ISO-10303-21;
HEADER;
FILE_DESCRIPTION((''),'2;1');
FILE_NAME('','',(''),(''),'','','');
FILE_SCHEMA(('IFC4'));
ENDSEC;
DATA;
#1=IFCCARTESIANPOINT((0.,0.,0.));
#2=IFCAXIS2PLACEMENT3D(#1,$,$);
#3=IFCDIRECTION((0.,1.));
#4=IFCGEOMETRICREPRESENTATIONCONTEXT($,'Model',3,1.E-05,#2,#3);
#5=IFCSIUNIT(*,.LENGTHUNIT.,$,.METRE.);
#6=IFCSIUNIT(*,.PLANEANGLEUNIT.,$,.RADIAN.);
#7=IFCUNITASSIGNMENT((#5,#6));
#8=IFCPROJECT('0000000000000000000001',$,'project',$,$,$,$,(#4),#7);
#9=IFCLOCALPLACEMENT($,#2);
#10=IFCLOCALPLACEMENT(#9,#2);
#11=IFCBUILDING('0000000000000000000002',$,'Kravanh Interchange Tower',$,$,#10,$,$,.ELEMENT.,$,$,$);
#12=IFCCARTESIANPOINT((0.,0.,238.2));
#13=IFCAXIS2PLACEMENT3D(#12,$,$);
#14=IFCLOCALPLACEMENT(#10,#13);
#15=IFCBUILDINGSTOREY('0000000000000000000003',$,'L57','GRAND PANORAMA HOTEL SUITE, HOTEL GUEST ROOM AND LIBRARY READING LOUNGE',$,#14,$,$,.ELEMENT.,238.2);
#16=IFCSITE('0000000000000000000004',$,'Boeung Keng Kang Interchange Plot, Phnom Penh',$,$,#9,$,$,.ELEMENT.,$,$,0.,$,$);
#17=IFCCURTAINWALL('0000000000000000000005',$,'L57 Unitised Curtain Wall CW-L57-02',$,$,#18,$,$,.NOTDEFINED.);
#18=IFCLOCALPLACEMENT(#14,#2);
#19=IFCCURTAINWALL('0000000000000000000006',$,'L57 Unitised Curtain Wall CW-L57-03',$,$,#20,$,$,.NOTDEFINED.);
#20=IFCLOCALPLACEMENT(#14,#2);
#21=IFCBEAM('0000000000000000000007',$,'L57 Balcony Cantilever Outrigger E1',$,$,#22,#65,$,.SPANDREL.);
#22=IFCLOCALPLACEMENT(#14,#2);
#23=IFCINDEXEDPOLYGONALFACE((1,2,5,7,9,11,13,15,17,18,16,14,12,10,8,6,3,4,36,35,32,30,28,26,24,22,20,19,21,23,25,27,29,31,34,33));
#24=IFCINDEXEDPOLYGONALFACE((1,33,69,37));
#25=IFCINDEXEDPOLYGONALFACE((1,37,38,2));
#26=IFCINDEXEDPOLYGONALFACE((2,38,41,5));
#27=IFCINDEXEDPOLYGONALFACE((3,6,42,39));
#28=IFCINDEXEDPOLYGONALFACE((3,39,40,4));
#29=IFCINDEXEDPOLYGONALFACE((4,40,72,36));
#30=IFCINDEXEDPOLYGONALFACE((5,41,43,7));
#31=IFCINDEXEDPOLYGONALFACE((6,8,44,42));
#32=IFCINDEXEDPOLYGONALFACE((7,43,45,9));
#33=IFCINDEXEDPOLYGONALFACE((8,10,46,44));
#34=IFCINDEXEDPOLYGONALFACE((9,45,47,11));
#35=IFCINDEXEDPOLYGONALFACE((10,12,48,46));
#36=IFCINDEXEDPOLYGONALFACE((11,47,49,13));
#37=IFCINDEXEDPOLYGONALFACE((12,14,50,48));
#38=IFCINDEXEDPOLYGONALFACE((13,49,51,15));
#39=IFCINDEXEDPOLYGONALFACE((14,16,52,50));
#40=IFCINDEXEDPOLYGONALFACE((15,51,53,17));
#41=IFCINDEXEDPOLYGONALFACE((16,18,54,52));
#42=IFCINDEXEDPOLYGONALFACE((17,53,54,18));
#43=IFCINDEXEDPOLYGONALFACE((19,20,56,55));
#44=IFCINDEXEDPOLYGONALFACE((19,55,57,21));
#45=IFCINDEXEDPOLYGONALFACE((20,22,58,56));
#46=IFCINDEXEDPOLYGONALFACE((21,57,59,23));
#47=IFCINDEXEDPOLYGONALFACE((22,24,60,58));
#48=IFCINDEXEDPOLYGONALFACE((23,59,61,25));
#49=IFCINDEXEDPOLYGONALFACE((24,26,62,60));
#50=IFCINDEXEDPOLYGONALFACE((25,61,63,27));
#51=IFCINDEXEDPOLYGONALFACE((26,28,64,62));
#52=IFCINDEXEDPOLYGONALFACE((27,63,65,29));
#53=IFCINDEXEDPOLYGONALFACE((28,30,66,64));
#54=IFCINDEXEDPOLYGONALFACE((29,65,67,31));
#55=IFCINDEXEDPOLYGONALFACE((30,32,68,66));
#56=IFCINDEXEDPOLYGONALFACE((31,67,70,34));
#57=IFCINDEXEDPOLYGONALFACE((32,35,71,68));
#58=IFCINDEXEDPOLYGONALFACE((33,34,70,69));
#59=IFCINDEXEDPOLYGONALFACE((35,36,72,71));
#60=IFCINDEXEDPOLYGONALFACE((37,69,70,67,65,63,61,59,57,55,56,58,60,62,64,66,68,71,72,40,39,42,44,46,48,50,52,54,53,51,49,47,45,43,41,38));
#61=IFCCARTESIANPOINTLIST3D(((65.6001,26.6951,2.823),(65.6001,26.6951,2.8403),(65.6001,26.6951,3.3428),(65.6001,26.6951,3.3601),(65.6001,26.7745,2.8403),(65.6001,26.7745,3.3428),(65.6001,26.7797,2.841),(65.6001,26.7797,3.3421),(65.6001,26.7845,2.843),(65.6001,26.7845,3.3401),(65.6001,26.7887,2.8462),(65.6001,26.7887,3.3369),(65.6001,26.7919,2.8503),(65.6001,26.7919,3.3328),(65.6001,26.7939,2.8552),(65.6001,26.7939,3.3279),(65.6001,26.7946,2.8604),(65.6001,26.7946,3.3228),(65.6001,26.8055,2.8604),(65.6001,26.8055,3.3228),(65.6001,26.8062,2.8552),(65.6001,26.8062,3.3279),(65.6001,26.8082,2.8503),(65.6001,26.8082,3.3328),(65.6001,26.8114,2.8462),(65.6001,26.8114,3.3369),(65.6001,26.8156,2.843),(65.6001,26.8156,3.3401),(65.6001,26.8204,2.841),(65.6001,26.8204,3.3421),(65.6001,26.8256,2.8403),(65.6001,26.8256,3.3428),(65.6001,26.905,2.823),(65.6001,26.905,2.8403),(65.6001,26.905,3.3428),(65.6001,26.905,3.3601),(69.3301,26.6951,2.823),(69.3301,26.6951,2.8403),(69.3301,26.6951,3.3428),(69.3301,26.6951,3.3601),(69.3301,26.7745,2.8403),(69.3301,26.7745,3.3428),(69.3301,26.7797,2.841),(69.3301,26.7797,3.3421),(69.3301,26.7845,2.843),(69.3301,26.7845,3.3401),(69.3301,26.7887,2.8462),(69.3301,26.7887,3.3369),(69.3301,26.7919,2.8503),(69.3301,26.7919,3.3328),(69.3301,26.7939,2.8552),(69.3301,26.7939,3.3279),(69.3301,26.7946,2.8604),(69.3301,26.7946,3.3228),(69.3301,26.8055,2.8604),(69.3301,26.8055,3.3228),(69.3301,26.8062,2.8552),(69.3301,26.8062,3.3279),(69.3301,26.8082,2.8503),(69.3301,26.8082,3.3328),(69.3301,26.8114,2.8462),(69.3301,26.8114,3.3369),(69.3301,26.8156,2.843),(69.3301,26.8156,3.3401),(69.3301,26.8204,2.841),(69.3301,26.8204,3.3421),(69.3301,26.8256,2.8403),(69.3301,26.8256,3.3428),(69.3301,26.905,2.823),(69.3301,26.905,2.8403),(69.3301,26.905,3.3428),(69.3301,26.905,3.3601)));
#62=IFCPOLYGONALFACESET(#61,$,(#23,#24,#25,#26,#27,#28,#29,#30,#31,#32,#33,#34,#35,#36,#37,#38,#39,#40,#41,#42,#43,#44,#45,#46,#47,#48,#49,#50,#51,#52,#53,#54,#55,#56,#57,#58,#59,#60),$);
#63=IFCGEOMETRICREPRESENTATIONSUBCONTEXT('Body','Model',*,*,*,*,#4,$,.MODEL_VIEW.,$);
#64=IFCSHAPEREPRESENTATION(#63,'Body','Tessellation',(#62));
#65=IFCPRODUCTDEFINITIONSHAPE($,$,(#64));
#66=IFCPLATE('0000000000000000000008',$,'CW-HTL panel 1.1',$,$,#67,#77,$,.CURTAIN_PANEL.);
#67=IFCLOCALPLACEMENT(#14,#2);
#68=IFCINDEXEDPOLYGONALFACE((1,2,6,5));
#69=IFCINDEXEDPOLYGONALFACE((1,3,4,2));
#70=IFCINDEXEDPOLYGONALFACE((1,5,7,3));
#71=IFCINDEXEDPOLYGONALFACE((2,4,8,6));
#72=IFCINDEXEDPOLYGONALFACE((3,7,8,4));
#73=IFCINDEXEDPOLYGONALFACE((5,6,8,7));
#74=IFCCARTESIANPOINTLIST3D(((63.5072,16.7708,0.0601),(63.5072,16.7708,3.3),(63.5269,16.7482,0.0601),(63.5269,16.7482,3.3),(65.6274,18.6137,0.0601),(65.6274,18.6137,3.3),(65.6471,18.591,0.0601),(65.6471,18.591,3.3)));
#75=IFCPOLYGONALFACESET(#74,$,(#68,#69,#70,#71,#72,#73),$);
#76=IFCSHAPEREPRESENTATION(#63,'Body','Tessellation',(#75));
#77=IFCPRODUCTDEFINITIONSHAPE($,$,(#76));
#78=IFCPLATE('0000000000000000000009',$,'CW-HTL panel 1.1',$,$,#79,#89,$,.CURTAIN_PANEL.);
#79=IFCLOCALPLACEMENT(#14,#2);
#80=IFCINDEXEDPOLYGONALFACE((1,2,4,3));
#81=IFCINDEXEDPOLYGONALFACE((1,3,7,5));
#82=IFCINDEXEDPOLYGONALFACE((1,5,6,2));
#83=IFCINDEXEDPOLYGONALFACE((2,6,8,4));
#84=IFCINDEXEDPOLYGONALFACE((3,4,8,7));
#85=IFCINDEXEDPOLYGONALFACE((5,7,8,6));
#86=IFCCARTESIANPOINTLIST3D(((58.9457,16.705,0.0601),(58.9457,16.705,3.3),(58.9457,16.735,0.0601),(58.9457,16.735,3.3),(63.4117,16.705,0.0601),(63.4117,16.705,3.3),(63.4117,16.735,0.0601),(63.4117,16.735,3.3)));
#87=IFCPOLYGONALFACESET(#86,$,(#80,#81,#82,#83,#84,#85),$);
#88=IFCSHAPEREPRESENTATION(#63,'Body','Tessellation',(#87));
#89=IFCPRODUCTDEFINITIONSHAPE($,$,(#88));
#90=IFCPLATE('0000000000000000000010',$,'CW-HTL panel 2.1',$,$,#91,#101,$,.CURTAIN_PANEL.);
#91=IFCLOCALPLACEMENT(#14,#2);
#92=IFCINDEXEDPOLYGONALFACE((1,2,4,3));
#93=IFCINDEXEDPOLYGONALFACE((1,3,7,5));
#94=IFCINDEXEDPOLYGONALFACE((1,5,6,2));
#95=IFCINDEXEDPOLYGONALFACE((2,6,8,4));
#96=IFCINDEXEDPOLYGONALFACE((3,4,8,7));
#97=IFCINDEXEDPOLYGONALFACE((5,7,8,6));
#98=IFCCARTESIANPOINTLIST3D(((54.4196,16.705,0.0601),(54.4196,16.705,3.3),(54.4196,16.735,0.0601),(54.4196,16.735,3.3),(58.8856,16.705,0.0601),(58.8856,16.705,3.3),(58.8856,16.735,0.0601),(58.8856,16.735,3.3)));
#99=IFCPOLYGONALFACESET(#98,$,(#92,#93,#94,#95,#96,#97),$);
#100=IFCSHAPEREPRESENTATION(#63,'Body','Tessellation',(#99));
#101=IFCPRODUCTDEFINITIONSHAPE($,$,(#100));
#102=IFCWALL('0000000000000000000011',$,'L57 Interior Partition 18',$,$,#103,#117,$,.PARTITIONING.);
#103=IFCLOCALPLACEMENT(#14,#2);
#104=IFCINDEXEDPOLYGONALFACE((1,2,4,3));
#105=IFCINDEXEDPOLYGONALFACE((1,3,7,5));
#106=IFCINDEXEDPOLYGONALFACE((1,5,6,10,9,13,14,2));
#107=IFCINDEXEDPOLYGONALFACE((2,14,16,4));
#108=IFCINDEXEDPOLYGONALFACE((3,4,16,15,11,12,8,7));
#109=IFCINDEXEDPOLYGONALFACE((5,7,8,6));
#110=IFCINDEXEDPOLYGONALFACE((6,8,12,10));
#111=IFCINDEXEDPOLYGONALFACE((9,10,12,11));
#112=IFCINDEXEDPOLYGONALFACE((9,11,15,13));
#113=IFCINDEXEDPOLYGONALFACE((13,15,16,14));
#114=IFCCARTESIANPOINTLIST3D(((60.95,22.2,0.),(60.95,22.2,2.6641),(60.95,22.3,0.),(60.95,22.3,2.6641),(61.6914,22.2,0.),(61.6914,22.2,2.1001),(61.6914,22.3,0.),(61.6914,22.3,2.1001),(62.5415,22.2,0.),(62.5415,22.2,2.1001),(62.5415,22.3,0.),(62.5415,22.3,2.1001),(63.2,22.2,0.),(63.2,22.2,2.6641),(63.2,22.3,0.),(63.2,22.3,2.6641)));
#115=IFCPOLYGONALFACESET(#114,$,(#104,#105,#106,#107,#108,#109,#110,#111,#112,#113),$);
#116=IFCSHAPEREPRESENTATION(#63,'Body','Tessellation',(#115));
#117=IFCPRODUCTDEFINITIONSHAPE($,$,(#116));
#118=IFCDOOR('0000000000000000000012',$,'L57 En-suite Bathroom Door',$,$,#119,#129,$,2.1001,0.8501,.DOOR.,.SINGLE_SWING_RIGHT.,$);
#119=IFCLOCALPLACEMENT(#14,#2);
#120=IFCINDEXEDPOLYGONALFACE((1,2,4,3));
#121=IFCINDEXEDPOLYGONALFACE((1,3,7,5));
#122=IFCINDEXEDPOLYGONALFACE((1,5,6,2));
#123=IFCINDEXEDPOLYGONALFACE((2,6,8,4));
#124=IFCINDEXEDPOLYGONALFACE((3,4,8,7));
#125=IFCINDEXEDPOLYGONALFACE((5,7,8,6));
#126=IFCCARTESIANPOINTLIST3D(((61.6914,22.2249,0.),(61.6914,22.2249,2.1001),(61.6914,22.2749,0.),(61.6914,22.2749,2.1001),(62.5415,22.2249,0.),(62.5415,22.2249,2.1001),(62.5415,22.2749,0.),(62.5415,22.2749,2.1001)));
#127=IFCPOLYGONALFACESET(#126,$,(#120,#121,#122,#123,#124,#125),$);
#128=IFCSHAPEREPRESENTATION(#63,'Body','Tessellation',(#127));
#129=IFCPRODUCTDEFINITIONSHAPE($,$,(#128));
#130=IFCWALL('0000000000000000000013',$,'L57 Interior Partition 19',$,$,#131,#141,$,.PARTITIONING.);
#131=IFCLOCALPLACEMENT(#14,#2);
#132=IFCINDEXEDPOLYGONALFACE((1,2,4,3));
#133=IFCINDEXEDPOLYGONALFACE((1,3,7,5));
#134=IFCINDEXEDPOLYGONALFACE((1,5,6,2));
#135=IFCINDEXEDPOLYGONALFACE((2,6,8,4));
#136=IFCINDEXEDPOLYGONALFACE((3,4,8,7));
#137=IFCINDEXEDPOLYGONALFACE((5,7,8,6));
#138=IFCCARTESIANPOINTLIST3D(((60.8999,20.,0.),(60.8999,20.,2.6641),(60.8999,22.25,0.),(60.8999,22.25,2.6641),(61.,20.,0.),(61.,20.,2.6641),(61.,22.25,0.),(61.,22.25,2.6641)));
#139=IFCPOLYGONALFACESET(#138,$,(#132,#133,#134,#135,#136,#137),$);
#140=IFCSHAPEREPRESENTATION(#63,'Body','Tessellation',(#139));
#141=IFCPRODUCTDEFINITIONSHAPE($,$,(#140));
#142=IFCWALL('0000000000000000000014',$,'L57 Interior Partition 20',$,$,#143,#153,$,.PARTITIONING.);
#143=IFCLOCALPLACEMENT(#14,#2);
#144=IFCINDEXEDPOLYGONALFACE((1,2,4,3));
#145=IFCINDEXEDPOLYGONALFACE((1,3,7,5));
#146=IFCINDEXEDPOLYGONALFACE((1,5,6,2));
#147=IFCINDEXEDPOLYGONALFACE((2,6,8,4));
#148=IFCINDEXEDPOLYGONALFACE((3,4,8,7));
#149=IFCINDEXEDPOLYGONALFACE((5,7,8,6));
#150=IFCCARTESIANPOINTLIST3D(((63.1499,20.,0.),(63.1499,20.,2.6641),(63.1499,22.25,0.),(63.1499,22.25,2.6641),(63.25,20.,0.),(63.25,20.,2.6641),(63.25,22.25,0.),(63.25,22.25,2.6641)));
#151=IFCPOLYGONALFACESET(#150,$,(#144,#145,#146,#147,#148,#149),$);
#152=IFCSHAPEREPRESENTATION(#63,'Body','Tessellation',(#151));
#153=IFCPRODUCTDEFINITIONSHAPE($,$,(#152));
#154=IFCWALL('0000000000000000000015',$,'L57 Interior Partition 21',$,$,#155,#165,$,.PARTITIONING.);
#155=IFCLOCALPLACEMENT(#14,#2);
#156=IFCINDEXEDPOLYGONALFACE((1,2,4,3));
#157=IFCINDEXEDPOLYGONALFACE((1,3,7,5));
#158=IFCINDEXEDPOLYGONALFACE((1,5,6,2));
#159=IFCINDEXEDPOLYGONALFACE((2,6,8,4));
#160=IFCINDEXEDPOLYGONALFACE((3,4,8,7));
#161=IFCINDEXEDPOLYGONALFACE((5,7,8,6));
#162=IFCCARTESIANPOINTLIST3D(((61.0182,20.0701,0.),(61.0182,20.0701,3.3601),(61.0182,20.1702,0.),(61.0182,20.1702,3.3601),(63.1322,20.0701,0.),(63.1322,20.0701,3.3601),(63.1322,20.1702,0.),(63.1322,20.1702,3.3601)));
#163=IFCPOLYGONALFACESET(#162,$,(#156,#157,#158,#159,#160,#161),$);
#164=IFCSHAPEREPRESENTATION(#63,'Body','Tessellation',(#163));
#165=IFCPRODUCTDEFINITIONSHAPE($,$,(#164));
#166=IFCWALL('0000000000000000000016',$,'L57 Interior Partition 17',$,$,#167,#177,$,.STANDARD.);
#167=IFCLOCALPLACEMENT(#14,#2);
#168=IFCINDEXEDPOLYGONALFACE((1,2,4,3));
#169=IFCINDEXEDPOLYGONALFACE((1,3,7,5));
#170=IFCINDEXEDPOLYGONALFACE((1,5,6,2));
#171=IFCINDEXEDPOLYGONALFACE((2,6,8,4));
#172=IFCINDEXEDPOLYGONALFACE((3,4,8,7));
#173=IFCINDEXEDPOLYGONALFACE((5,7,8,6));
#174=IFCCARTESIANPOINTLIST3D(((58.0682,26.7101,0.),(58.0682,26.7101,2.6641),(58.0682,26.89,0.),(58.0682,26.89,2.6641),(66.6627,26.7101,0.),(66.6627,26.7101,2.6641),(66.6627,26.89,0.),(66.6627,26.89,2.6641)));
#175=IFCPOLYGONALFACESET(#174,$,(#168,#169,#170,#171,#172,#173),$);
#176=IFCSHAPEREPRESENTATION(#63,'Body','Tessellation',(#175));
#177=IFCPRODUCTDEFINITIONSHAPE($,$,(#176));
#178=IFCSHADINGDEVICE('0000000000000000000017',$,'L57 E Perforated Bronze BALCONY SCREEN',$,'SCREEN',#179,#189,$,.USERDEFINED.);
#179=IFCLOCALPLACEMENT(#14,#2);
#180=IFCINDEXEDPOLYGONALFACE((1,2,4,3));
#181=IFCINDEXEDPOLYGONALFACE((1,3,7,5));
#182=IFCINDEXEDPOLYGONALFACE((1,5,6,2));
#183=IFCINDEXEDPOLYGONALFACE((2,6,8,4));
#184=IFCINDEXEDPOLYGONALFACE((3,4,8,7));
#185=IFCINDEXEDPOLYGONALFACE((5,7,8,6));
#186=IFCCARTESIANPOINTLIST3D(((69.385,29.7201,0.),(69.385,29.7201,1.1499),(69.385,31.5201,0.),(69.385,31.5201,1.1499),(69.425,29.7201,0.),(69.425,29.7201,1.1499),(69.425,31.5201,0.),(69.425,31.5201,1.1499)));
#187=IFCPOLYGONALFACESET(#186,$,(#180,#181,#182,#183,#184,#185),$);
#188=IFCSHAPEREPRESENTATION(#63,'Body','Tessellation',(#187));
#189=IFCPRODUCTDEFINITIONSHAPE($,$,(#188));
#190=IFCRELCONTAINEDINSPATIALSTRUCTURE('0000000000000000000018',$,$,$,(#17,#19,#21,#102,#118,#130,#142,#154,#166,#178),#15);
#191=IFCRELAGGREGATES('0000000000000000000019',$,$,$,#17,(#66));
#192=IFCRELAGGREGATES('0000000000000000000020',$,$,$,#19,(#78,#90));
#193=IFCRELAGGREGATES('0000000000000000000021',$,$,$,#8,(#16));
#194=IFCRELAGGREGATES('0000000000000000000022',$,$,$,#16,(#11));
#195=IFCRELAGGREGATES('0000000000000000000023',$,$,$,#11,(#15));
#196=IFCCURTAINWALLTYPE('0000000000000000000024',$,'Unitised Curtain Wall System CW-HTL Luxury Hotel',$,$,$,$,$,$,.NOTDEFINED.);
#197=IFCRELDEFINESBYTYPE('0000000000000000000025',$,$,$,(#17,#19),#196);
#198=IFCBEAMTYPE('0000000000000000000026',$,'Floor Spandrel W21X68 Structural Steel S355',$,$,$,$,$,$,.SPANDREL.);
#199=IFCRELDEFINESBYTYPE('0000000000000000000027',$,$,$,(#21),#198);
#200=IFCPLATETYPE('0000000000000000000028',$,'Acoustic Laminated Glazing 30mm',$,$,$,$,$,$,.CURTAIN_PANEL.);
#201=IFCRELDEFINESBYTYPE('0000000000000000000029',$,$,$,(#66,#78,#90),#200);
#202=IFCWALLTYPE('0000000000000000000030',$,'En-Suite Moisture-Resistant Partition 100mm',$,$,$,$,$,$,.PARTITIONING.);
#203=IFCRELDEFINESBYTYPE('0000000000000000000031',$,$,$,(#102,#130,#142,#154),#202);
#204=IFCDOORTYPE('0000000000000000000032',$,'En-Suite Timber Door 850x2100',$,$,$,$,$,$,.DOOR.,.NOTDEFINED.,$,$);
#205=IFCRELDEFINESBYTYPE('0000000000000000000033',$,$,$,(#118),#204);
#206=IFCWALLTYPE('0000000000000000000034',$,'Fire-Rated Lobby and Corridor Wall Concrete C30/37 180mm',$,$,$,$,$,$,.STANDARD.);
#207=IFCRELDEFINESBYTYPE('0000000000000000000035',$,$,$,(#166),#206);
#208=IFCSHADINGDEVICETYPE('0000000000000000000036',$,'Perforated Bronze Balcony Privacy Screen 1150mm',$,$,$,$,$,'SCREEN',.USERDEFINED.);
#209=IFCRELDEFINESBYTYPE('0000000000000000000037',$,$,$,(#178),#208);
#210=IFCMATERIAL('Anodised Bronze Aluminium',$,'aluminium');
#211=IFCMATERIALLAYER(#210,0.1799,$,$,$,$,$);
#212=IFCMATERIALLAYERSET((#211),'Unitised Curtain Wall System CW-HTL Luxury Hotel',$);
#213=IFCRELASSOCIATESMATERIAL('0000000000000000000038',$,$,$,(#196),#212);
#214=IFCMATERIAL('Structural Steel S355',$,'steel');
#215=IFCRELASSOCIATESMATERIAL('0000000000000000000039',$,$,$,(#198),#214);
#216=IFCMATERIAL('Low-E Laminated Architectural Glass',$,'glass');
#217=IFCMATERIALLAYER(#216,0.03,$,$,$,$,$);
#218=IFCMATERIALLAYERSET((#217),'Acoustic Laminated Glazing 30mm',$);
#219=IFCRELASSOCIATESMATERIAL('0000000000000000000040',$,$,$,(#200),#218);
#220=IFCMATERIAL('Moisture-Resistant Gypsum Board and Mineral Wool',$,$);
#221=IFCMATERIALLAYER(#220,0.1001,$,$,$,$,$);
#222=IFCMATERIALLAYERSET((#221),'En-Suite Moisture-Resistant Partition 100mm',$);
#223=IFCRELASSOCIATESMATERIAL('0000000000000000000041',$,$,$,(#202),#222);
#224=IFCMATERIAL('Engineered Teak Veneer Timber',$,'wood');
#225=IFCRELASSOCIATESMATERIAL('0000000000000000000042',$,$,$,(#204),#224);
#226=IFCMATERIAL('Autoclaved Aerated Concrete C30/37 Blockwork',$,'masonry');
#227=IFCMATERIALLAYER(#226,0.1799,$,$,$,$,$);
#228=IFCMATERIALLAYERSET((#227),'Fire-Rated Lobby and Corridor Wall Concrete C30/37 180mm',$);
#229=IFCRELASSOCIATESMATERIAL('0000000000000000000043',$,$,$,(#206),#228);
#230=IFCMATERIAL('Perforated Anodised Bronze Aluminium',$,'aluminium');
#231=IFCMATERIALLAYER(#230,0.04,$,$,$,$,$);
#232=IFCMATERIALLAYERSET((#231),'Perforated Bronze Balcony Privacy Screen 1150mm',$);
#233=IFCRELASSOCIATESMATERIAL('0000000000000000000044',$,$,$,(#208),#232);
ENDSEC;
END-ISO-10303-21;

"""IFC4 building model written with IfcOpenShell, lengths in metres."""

from ifc_helpers import new_model, si_unit, direction, frame, frame_2d, origin, origin_2d, place, context, subcontext, project, spatial, rectangle, i_section, extrude, material, layer, layer_set, material_profile, profile_set, type_object, element, fill, aggregate, save


model = new_model("IFC4")

# Units and contexts
model_context = context("Model", 3, precision=1e-05, world=origin(), true_north=direction((0.0, 1.0)))
body_context = subcontext(model_context, "Body", "Model", "MODEL_VIEW")
ifc_project = project(units=[si_unit("LENGTHUNIT", "METRE"), si_unit("PLANEANGLEUNIT", "RADIAN")], contexts=[model_context])

# Site, building, storey
site_placement = place(None, origin())
site = spatial("IfcSite", under=ifc_project, at=site_placement, Name="Boeung Keng Kang Interchange Plot, Phnom Penh", CompositionType="ELEMENT", RefElevation=0.0)
building_placement = place(site_placement, origin())
building = spatial("IfcBuilding", under=site, at=building_placement, Name="Kravanh Interchange Tower", CompositionType="ELEMENT")
storey_placement = place(building_placement, frame((0.0, 0.0, 238.2)))
storey = spatial("IfcBuildingStorey", under=building, at=storey_placement, Name="L57", Description="GRAND PANORAMA HOTEL SUITE, HOTEL GUEST ROOM AND LIBRARY READING LOUNGE", CompositionType="ELEMENT", Elevation=238.2)

# Curtain walls
ifc_material_1 = material(Name="Anodised Bronze Aluminium", Category="aluminium")
ifc_layer_1 = layer(ifc_material_1, 0.1799)
ifc_layer_set_1 = layer_set([ifc_layer_1], Name="Unitised Curtain Wall System CW-HTL Luxury Hotel")
curtain_wall_type = type_object("IfcCurtainWallType", Name="Unitised Curtain Wall System CW-HTL Luxury Hotel", PredefinedType="NOTDEFINED", material=ifc_layer_set_1)
curtain_wall_1_placement = place(storey_placement, origin())
curtain_wall_1 = element("IfcCurtainWall", 1, at=curtain_wall_1_placement, inside=storey, type_object=curtain_wall_type, Name="L57 Unitised Curtain Wall CW-L57-02", PredefinedType="NOTDEFINED")
curtain_wall_2_placement = place(storey_placement, origin())
curtain_wall_2 = element("IfcCurtainWall", 2, at=curtain_wall_2_placement, inside=storey, type_object=curtain_wall_type, Name="L57 Unitised Curtain Wall CW-L57-03", PredefinedType="NOTDEFINED")

# Beam
ifc_material_2 = material(Name="Structural Steel S355", Category="steel")
ifc_material_profile_1 = material_profile(ifc_material_2, i_section(OverallWidth=0.21, OverallDepth=0.5371, WebThickness=0.011, FlangeThickness=0.0173, FilletRadius=0.02, at=origin_2d()), Name="W21X68")
ifc_profile_set_1 = profile_set([ifc_material_profile_1], Name="Structural Steel S355")
beam_type_1 = type_object("IfcBeamType", Name="Floor Spandrel W21X68 Structural Steel S355", PredefinedType="SPANDREL", material=ifc_profile_set_1)
beam_1_placement = place(storey_placement, frame((65.6001, 26.8, 3.0916), z_axis=(1.0, 0.0, 0.0), x_axis=(0.0, 1.0, 0.0)))
element("IfcBeam", 3, at=beam_1_placement, inside=storey, type_object=beam_type_1, Name="L57 Balcony Cantilever Outrigger E1", PredefinedType="SPANDREL", context=body_context, shape_type="SweptSolid", body=[
    extrude(i_section(OverallWidth=0.21, OverallDepth=0.5371, WebThickness=0.011, FlangeThickness=0.0173, FilletRadius=0.02, at=origin_2d()), origin(), (0.0, 0.0, 1.0), 3.73),
])

# Plates
ifc_material_3 = material(Name="Low-E Laminated Architectural Glass", Category="glass")
ifc_layer_2 = layer(ifc_material_3, 0.03)
ifc_layer_set_2 = layer_set([ifc_layer_2], Name="Acoustic Laminated Glazing 30mm")
plate_type = type_object("IfcPlateType", Name="Acoustic Laminated Glazing 30mm", PredefinedType="CURTAIN_PANEL", material=ifc_layer_set_2)
plate_1_placement = place(storey_placement, frame((64.5771, 17.6809, 0.0601), z_axis=(0.0, 0.0, 1.0), x_axis=(-0.754732, -0.656033, 0.0)))
plate_1 = element("IfcPlate", 4, at=plate_1_placement, type_object=plate_type, Name="CW-HTL panel 1.1", PredefinedType="CURTAIN_PANEL", context=body_context, shape_type="SweptSolid", body=[
    extrude(rectangle(XDim=2.8091, YDim=0.03, at=origin_2d()), origin(), (0.0, 0.0, 1.0), 3.24),
])
aggregate(curtain_wall_1, [plate_1])
plate_2_placement = place(storey_placement, frame((61.1787, 16.72, 0.0601), z_axis=(0.0, 0.0, 1.0), x_axis=(-1.0, 0.0, 0.0)))
plate_2 = element("IfcPlate", 5, at=plate_2_placement, type_object=plate_type, Name="CW-HTL panel 1.1", PredefinedType="CURTAIN_PANEL", context=body_context, shape_type="SweptSolid", body=[
    extrude(rectangle(XDim=4.4661, YDim=0.03, at=origin_2d()), origin(), (0.0, 0.0, 1.0), 3.24),
])
plate_3_placement = place(storey_placement, frame((56.6526, 16.72, 0.0601), z_axis=(0.0, 0.0, 1.0), x_axis=(-1.0, 0.0, 0.0)))
plate_3 = element("IfcPlate", 6, at=plate_3_placement, type_object=plate_type, Name="CW-HTL panel 2.1", PredefinedType="CURTAIN_PANEL", context=body_context, shape_type="SweptSolid", body=[
    extrude(rectangle(XDim=4.4661, YDim=0.03, at=origin_2d()), origin(), (0.0, 0.0, 1.0), 3.24),
])
aggregate(curtain_wall_2, [plate_2, plate_3])

# Wall, opening, door
ifc_material_4 = material(Name="Moisture-Resistant Gypsum Board and Mineral Wool")
ifc_layer_3 = layer(ifc_material_4, 0.1001)
ifc_layer_set_3 = layer_set([ifc_layer_3], Name="En-Suite Moisture-Resistant Partition 100mm")
wall_type_1 = type_object("IfcWallType", Name="En-Suite Moisture-Resistant Partition 100mm", PredefinedType="PARTITIONING", material=ifc_layer_set_3)
wall_1_placement = place(storey_placement, frame((60.95, 22.25, 0.0), z_axis=(0.0, 0.0, 1.0), x_axis=(1.0, 0.0, 0.0)))
wall_1 = element("IfcWall", 7, at=wall_1_placement, inside=storey, type_object=wall_type_1, Name="L57 Interior Partition 18", PredefinedType="PARTITIONING", context=body_context, shape_type="SweptSolid", body=[
    extrude(rectangle(XDim=2.25, YDim=0.1001, at=frame_2d((1.125, 0.0))), origin(), (0.0, 0.0, 1.0), 2.6641),
])
opening_1_placement = place(wall_1_placement, frame((0.7415, 0.0, 0.0)))
opening_1 = element("IfcOpeningElement", 8, at=opening_1_placement, cuts=wall_1, PredefinedType="OPENING", context=body_context, shape_type="SweptSolid", body=[
    extrude(rectangle(XDim=0.8501, YDim=2.1001, at=frame_2d((0.425, 1.05))), frame((0.0, 0.0601, 0.0), z_axis=(0.0, -1.0, 0.0), x_axis=(1.0, 0.0, 0.0)), (0.0, 0.0, 1.0), 0.1201),
])
ifc_material_5 = material(Name="Engineered Teak Veneer Timber", Category="wood")
door_type_1 = type_object("IfcDoorType", Name="En-Suite Timber Door 850x2100", OperationType="NOTDEFINED", PredefinedType="DOOR", material=ifc_material_5)
door_1_placement = place(opening_1_placement, origin())
door_1 = element("IfcDoor", 9, at=door_1_placement, inside=storey, type_object=door_type_1, Name="L57 En-suite Bathroom Door", OperationType="SINGLE_SWING_RIGHT", OverallHeight=2.1001, OverallWidth=0.8501, PredefinedType="DOOR", context=body_context, shape_type="SweptSolid", body=[
    extrude(rectangle(XDim=0.8501, YDim=2.1001, at=frame_2d((0.425, 1.05))), frame((0.0, 0.0249, 0.0), z_axis=(0.0, -1.0, 0.0), x_axis=(1.0, 0.0, 0.0)), (0.0, 0.0, 1.0), 0.05),
])
fill(opening_1, door_1)

# Walls
for number, where, z_axis, x_axis, name in (
    (10, (60.95, 20.0, 0.0), (0.0, 0.0, 1.0), (0.0, 1.0, 0.0), "L57 Interior Partition 19"),
    (11, (63.2, 20.0, 0.0), (0.0, 0.0, 1.0), (0.0, 1.0, 0.0), "L57 Interior Partition 20"),
):
    element("IfcWall", number, at=place(storey_placement, frame(where, z_axis=z_axis, x_axis=x_axis)), inside=storey, type_object=wall_type_1, Name=name, PredefinedType="PARTITIONING", context=body_context, shape_type="SweptSolid", body=[
        extrude(rectangle(XDim=2.25, YDim=0.1001, at=frame_2d((1.125, 0.0))), origin(), (0.0, 0.0, 1.0), 2.6641),
    ])
wall_2_placement = place(storey_placement, frame((61.0181, 20.1201, 0.0), z_axis=(0.0, 0.0, 1.0), x_axis=(1.0, 0.0, 0.0)))
element("IfcWall", 12, at=wall_2_placement, inside=storey, type_object=wall_type_1, Name="L57 Interior Partition 21", PredefinedType="PARTITIONING", context=body_context, shape_type="SweptSolid", body=[
    extrude(rectangle(XDim=2.114, YDim=0.1001, at=frame_2d((1.0571, 0.0))), origin(), (0.0, 0.0, 1.0), 3.3601),
])

# Shared definitions
ifc_material_6 = material(Name="Autoclaved Aerated Concrete C30/37 Blockwork", Category="masonry")
ifc_layer_4 = layer(ifc_material_6, 0.1799)
ifc_layer_set_4 = layer_set([ifc_layer_4], Name="Fire-Rated Lobby and Corridor Wall Concrete C30/37 180mm")
wall_type_2 = type_object("IfcWallType", Name="Fire-Rated Lobby and Corridor Wall Concrete C30/37 180mm", PredefinedType="STANDARD", material=ifc_layer_set_4)

# Wall
wall_3_placement = place(storey_placement, frame((58.0681, 26.8, 0.0), z_axis=(0.0, 0.0, 1.0), x_axis=(1.0, 0.0, 0.0)))
element("IfcWall", 13, at=wall_3_placement, inside=storey, type_object=wall_type_2, Name="L57 Interior Partition 17", PredefinedType="STANDARD", context=body_context, shape_type="SweptSolid", body=[
    extrude(rectangle(XDim=8.5945, YDim=0.1799, at=frame_2d((4.2974, 0.0))), origin(), (0.0, 0.0, 1.0), 2.6641),
])

# Shading device
ifc_material_7 = material(Name="Perforated Anodised Bronze Aluminium", Category="aluminium")
ifc_layer_5 = layer(ifc_material_7, 0.04)
ifc_layer_set_5 = layer_set([ifc_layer_5], Name="Perforated Bronze Balcony Privacy Screen 1150mm")
shading_device_type_1 = type_object("IfcShadingDeviceType", Name="Perforated Bronze Balcony Privacy Screen 1150mm", ElementType="SCREEN", PredefinedType="USERDEFINED", material=ifc_layer_set_5)
shading_device_1_placement = place(storey_placement, frame((69.405, 30.6201, 0.0), z_axis=(0.0, 0.0, 1.0), x_axis=(1.0, 0.0, 0.0)))
element("IfcShadingDevice", 14, at=shading_device_1_placement, inside=storey, type_object=shading_device_type_1, Name="L57 E Perforated Bronze BALCONY SCREEN", ObjectType="SCREEN", PredefinedType="USERDEFINED", context=body_context, shape_type="SweptSolid", body=[
    extrude(rectangle(XDim=0.04, YDim=1.8, at=origin_2d()), origin(), (0.0, 0.0, 1.0), 1.1499),
])

save(model, "model.ifc")
